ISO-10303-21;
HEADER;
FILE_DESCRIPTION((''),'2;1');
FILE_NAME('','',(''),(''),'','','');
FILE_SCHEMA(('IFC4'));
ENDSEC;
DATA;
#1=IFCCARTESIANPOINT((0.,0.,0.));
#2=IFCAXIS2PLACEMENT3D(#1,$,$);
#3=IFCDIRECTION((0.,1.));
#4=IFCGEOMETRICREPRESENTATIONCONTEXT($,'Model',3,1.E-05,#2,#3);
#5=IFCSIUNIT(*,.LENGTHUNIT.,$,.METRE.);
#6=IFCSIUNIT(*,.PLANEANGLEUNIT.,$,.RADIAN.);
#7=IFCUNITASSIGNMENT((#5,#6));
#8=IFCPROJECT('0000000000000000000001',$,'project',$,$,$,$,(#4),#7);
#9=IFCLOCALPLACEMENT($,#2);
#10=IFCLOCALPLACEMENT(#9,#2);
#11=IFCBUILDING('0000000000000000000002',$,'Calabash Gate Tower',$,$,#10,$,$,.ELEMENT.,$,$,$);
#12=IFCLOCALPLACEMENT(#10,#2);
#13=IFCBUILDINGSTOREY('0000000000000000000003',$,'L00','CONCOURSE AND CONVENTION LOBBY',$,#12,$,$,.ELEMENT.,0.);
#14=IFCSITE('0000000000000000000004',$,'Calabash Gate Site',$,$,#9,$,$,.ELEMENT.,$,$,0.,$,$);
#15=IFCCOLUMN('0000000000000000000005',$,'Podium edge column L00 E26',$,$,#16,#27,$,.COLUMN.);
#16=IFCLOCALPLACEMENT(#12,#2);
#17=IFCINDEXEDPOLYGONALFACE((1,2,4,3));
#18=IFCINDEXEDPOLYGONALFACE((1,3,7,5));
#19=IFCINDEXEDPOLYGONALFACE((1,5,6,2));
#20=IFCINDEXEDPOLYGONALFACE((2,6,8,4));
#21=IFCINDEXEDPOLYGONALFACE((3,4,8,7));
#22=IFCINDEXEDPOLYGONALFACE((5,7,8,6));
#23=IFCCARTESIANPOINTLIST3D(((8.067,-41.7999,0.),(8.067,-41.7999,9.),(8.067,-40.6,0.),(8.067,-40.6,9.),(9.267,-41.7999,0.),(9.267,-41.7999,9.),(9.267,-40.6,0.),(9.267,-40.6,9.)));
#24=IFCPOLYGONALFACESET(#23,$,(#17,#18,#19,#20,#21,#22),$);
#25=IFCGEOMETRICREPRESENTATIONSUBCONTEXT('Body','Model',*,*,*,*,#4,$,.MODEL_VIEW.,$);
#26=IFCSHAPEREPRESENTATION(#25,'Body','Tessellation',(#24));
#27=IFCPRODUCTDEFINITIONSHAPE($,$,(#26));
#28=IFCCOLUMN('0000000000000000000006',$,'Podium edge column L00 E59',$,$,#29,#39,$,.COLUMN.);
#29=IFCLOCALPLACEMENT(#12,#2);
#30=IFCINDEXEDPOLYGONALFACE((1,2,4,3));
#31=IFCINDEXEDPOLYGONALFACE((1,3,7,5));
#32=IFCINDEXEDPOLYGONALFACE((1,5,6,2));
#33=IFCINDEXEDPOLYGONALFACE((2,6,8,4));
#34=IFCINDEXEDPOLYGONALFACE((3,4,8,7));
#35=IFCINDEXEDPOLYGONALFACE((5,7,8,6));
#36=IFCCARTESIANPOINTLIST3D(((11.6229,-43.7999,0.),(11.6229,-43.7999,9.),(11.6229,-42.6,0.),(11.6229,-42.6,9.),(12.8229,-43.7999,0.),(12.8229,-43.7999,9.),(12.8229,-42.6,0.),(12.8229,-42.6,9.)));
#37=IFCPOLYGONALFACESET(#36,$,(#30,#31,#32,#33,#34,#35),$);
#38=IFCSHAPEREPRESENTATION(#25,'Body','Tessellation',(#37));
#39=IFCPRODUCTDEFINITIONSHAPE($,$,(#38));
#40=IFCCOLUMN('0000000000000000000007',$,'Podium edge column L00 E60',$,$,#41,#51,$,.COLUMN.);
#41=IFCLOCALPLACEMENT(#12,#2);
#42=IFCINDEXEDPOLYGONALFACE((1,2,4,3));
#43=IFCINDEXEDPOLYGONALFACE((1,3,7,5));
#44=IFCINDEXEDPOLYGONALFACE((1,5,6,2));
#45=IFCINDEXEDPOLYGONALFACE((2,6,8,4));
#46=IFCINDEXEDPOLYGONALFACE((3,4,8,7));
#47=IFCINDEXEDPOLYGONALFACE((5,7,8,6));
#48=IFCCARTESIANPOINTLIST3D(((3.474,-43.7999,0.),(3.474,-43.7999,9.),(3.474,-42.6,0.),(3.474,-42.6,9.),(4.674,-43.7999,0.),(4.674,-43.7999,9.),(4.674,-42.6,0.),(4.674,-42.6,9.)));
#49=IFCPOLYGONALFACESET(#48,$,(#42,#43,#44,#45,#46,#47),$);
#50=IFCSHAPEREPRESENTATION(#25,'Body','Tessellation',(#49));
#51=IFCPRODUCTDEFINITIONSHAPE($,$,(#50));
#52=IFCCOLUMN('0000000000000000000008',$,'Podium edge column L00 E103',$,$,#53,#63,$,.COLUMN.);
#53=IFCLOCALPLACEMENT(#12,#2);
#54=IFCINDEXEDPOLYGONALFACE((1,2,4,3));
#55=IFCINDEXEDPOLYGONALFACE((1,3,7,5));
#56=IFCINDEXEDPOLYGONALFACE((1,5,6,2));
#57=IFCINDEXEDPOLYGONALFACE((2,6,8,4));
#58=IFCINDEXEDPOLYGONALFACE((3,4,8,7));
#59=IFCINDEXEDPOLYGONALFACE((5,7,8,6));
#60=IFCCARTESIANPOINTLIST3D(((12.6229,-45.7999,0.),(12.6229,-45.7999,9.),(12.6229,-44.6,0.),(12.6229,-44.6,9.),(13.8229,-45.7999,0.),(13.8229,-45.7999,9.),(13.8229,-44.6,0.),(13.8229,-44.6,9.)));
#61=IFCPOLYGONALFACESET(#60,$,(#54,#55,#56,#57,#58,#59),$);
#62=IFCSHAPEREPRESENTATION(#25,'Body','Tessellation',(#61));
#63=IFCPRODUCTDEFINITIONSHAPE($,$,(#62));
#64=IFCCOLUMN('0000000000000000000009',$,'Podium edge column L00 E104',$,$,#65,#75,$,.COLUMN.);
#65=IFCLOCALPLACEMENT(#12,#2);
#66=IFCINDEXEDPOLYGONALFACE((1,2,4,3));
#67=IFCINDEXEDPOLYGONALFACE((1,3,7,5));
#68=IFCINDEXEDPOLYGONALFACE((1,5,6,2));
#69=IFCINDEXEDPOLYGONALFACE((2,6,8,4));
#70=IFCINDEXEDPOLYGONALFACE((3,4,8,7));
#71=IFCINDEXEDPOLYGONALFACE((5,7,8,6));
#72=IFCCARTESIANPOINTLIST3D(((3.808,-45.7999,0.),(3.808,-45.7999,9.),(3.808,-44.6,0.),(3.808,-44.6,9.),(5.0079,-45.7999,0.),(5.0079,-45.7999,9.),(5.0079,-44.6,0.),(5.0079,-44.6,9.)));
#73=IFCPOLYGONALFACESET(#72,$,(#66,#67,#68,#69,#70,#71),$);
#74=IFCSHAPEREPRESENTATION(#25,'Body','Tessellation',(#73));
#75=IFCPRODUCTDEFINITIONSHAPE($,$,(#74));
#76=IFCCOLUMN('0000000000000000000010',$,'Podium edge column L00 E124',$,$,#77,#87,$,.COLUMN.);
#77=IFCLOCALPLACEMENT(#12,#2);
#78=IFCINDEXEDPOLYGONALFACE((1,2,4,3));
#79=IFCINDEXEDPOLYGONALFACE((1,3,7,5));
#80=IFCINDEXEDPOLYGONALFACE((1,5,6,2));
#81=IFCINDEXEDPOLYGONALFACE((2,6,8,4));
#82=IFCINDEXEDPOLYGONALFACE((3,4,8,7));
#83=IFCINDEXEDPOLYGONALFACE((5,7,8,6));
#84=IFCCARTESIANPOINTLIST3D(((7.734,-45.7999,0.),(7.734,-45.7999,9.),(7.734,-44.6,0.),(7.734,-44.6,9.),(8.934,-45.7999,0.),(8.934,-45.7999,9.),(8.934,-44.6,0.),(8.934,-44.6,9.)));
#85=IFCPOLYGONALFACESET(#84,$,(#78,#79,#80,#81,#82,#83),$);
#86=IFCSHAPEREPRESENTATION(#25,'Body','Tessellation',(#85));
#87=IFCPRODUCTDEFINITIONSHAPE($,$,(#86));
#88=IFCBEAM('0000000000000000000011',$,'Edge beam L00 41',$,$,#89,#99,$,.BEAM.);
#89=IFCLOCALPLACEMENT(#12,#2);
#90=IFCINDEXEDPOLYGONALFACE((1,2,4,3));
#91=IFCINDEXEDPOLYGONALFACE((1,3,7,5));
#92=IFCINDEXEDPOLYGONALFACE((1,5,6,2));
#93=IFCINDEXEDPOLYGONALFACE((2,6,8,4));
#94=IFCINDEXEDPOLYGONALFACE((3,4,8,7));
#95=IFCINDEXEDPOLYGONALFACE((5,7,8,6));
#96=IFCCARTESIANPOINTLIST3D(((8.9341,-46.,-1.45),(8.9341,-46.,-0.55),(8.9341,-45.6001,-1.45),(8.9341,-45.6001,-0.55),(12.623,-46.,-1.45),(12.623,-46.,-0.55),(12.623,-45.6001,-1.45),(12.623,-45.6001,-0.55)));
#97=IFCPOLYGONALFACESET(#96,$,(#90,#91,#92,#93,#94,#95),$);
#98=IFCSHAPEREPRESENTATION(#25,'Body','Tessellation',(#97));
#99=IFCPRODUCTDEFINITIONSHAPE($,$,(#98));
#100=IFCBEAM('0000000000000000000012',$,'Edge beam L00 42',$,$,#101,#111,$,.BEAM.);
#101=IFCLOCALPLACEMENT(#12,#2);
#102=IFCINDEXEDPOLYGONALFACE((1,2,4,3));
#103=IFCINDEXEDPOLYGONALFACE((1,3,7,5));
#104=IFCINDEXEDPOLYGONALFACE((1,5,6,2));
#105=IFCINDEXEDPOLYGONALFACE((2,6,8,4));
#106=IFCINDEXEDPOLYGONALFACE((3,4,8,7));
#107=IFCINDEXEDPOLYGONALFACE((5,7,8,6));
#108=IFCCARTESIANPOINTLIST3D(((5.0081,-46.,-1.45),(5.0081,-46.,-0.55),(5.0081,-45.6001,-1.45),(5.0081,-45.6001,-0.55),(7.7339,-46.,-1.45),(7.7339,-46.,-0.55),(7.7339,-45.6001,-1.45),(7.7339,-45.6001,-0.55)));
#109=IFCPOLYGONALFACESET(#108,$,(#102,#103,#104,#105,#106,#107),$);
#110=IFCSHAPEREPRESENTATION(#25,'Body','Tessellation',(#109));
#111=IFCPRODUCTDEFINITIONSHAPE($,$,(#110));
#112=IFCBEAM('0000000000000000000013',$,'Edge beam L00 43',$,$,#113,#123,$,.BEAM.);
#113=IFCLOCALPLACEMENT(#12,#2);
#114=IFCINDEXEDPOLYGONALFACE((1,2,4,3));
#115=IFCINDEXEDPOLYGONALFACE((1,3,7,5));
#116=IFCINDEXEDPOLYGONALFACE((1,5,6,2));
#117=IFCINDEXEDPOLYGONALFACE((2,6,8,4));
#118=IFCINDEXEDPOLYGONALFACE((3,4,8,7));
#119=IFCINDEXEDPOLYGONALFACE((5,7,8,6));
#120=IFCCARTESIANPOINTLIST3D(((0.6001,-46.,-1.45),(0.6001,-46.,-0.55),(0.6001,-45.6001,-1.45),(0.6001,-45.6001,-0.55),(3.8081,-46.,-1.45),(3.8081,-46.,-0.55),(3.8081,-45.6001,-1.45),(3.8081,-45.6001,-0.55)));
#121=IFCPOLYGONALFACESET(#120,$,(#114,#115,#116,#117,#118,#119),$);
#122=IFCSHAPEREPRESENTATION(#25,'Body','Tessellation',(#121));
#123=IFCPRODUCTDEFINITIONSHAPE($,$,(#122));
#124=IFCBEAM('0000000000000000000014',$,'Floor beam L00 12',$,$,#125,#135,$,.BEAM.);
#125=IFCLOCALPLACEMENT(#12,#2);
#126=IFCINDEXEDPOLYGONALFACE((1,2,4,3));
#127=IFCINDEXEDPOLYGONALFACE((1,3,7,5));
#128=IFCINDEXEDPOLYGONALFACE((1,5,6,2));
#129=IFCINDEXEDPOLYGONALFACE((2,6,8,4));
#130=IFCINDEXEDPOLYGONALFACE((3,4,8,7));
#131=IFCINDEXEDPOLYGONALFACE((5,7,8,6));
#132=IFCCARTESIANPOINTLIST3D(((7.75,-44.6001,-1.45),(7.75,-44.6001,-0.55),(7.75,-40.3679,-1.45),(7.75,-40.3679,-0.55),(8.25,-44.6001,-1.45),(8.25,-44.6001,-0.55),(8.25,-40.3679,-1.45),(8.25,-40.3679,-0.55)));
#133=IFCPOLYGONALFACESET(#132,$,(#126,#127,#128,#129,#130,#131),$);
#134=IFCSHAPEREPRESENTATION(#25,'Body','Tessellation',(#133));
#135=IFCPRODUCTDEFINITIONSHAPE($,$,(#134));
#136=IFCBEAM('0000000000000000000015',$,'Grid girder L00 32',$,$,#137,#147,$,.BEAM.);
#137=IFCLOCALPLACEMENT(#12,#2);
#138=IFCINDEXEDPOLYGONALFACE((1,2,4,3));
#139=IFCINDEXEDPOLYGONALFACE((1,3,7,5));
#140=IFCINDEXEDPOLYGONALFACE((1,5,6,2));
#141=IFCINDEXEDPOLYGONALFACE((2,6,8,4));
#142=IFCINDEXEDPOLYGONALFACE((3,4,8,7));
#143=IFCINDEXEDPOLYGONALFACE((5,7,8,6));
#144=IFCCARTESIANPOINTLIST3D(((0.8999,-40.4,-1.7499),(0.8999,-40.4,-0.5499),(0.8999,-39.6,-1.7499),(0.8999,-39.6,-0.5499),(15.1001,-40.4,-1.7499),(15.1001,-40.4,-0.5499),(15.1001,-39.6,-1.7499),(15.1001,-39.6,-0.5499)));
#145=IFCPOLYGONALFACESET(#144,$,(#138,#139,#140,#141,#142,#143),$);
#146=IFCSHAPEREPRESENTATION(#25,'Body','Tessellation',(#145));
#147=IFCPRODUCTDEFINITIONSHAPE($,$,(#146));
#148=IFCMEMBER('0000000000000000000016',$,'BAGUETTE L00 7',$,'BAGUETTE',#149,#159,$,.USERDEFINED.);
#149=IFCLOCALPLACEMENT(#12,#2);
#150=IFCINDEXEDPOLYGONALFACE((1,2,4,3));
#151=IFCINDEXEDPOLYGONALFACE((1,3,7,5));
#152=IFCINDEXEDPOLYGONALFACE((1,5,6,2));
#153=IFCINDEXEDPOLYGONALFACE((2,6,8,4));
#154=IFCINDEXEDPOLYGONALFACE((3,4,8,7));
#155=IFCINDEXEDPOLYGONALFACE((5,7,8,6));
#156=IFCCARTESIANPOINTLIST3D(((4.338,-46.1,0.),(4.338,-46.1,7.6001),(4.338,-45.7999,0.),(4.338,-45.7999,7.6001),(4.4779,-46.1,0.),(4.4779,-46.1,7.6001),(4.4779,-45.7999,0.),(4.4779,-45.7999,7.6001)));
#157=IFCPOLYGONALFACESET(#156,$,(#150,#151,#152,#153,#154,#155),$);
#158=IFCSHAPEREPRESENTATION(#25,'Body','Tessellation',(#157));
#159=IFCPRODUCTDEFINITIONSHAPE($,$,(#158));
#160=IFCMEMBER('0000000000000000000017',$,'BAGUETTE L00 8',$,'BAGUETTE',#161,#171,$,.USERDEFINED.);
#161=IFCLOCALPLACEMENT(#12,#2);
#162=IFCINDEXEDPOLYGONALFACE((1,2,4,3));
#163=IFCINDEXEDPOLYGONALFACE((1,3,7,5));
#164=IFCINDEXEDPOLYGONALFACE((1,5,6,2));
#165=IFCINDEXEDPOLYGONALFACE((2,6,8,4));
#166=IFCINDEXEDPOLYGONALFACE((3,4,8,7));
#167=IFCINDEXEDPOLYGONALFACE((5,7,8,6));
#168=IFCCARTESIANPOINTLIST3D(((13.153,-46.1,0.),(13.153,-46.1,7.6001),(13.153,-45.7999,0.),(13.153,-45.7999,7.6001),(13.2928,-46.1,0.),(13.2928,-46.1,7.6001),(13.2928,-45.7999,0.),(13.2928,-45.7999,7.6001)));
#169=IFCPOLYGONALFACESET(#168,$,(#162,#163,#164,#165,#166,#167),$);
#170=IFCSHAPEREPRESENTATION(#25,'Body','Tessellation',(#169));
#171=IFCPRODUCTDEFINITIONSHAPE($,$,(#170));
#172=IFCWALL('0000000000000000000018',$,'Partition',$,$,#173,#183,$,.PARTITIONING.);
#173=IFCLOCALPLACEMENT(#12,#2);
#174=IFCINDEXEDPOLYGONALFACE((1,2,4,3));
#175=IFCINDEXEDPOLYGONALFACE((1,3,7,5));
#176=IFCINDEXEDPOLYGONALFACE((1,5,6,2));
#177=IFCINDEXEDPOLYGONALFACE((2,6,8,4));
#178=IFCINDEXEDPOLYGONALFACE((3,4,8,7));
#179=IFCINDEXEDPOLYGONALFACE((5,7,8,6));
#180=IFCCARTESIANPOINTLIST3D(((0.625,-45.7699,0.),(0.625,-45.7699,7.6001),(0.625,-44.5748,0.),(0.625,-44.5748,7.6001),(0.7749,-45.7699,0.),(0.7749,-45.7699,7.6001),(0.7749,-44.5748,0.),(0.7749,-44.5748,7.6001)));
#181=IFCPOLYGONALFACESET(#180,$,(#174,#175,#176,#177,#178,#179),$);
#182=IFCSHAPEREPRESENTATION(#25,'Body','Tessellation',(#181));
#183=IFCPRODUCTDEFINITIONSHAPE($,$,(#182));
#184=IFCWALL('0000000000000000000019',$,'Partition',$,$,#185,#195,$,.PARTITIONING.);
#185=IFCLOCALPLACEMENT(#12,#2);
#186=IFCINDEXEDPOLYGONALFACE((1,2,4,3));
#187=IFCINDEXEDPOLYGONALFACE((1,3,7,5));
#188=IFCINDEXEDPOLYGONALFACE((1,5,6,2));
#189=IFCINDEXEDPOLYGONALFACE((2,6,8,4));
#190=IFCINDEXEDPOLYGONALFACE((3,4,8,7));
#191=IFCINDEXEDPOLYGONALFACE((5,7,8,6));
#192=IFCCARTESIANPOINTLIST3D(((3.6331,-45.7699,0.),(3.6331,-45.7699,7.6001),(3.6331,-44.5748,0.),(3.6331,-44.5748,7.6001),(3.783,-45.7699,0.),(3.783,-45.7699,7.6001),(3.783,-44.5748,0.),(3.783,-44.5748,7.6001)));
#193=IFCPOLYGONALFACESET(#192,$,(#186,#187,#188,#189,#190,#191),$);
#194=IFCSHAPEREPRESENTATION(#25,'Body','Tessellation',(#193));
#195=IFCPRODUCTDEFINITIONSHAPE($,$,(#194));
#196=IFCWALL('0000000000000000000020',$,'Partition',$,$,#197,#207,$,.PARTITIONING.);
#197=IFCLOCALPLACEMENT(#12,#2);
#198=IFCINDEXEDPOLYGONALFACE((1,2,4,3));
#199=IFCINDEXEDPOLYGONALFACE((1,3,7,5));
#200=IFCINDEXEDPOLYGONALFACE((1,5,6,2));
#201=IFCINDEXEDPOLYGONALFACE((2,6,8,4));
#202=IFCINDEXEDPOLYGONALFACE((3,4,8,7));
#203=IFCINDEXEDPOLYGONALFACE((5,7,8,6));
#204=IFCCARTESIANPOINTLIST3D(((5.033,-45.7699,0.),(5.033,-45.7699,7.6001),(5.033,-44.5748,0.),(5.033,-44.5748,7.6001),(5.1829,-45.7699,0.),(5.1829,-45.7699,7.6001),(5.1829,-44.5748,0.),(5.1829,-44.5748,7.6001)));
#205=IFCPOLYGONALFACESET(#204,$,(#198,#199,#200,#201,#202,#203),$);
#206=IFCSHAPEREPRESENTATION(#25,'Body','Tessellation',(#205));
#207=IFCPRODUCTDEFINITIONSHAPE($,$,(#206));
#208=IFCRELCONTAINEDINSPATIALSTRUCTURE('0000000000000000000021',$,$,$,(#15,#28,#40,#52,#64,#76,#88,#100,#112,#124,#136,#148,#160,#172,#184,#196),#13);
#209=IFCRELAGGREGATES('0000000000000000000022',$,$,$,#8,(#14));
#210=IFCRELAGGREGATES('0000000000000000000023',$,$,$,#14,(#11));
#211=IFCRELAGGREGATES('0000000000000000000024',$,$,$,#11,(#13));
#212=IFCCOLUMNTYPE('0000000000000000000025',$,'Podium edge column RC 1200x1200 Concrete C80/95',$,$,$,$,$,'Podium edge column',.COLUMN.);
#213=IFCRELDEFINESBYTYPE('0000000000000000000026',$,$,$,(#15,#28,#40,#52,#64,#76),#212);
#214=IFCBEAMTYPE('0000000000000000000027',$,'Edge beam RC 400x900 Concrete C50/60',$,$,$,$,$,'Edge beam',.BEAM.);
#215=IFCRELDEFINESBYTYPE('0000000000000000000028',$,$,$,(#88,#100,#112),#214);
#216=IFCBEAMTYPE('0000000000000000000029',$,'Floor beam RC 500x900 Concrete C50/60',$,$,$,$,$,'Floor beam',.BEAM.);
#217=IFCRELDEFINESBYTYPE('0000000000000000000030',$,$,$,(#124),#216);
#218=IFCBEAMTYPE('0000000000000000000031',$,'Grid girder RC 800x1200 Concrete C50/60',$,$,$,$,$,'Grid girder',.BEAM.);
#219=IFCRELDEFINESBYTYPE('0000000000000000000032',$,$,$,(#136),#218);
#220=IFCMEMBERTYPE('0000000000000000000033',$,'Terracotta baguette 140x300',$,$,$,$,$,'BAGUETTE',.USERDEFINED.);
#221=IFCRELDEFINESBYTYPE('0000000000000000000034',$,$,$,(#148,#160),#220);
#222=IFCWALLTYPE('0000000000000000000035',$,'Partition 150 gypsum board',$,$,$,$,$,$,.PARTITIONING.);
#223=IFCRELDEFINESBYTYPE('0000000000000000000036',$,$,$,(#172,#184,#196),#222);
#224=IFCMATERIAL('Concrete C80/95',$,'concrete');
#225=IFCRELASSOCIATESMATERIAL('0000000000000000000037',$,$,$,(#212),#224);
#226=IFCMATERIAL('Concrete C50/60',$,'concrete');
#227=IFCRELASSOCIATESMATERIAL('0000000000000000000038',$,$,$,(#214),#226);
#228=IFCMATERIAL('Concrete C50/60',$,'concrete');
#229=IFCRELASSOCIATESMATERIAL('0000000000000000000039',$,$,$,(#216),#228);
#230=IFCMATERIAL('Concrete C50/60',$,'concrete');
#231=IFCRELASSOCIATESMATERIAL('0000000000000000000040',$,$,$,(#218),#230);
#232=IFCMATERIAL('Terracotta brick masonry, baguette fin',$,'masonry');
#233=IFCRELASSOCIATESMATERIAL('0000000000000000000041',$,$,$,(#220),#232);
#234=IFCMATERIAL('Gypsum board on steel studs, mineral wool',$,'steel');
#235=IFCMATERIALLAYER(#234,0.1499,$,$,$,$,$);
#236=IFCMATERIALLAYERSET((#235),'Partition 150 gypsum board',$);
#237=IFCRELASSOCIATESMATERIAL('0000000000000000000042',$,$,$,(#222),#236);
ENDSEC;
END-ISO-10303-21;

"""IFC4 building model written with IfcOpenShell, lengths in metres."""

from ifc_helpers import new_model, si_unit, direction, frame, frame_2d, origin, origin_2d, place, context, subcontext, project, spatial, rectangle, extrude, material, layer, layer_set, material_profile, profile_set, type_object, element, save


model = new_model("IFC4")

# Units and contexts
model_context = context("Model", 3, precision=1e-05, world=origin(), true_north=direction((0.0, 1.0)))
body_context = subcontext(model_context, "Body", "Model", "MODEL_VIEW")
ifc_project = project(units=[si_unit("LENGTHUNIT", "METRE"), si_unit("PLANEANGLEUNIT", "RADIAN")], contexts=[model_context])

# Site, building, storey
site_placement = place(None, origin())
site = spatial("IfcSite", under=ifc_project, at=site_placement, Name="Calabash Gate Site", CompositionType="ELEMENT", RefElevation=0.0)
building_placement = place(site_placement, origin())
building = spatial("IfcBuilding", under=site, at=building_placement, Name="Calabash Gate Tower", CompositionType="ELEMENT")
storey_placement = place(building_placement, origin())
storey = spatial("IfcBuildingStorey", under=building, at=storey_placement, Name="L00", Description="CONCOURSE AND CONVENTION LOBBY", CompositionType="ELEMENT", Elevation=0.0)

# Columns
ifc_material_1 = material(Name="Concrete C80/95", Category="concrete")
ifc_material_profile_1 = material_profile(ifc_material_1, rectangle(XDim=1.2, YDim=1.2, at=origin_2d()))
ifc_profile_set_1 = profile_set([ifc_material_profile_1], Name="Concrete C80/95")
column_type = type_object("IfcColumnType", Name="Podium edge column RC 1200x1200 Concrete C80/95", ElementType="Podium edge column", PredefinedType="COLUMN", material=ifc_profile_set_1)
for number, where, z_axis, x_axis, name in (
    (1, (8.667, -41.2, 0.0), (0.0, 0.0, 1.0), (1.0, 0.0, 0.0), "Podium edge column L00 E26"),
    (2, (12.2229, -43.2, 0.0), (0.0, 0.0, 1.0), (1.0, 0.0, 0.0), "Podium edge column L00 E59"),
    (3, (4.074, -43.2, 0.0), (0.0, 0.0, 1.0), (1.0, 0.0, 0.0), "Podium edge column L00 E60"),
    (4, (13.2229, -45.2, 0.0), (0.0, 0.0, 1.0), (1.0, 0.0, 0.0), "Podium edge column L00 E103"),
    (5, (4.408, -45.2, 0.0), (0.0, 0.0, 1.0), (1.0, 0.0, 0.0), "Podium edge column L00 E104"),
    (6, (8.334, -45.2, 0.0), (0.0, 0.0, 1.0), (1.0, 0.0, 0.0), "Podium edge column L00 E124"),
):
    element("IfcColumn", number, at=place(storey_placement, frame(where, z_axis=z_axis, x_axis=x_axis)), inside=storey, type_object=column_type, Name=name, PredefinedType="COLUMN", context=body_context, shape_type="SweptSolid", body=[
        extrude(rectangle(XDim=1.2, YDim=1.2, at=origin_2d()), origin(), (0.0, 0.0, 1.0), 9.0),
    ])

# Beams
ifc_material_2 = material(Name="Concrete C50/60", Category="concrete")
ifc_material_profile_2 = material_profile(ifc_material_2, rectangle(XDim=0.3999, YDim=0.8999, at=origin_2d()))
ifc_profile_set_2 = profile_set([ifc_material_profile_2], Name="Concrete C50/60")
beam_type_1 = type_object("IfcBeamType", Name="Edge beam RC 400x900 Concrete C50/60", ElementType="Edge beam", PredefinedType="BEAM", material=ifc_profile_set_2)
beam_1_placement = place(storey_placement, frame((12.623, -45.8, -1.0), z_axis=(-1.0, 0.0, 0.0), x_axis=(0.0, -1.0, 0.0)))
element("IfcBeam", 7, at=beam_1_placement, inside=storey, type_object=beam_type_1, Name="Edge beam L00 41", PredefinedType="BEAM", context=body_context, shape_type="SweptSolid", body=[
    extrude(rectangle(XDim=0.3999, YDim=0.8999, at=origin_2d()), origin(), (0.0, 0.0, 1.0), 3.689),
])
beam_2_placement = place(storey_placement, frame((7.7339, -45.8, -1.0), z_axis=(-1.0, 0.0, 0.0), x_axis=(0.0, -1.0, 0.0)))
element("IfcBeam", 8, at=beam_2_placement, inside=storey, type_object=beam_type_1, Name="Edge beam L00 42", PredefinedType="BEAM", context=body_context, shape_type="SweptSolid", body=[
    extrude(rectangle(XDim=0.3999, YDim=0.8999, at=origin_2d()), origin(), (0.0, 0.0, 1.0), 2.7258),
])
beam_3_placement = place(storey_placement, frame((3.8081, -45.8, -1.0), z_axis=(-1.0, 0.0, 0.0), x_axis=(0.0, -1.0, 0.0)))
element("IfcBeam", 9, at=beam_3_placement, inside=storey, type_object=beam_type_1, Name="Edge beam L00 43", PredefinedType="BEAM", context=body_context, shape_type="SweptSolid", body=[
    extrude(rectangle(XDim=0.3999, YDim=0.8999, at=origin_2d()), origin(), (0.0, 0.0, 1.0), 3.208),
])
ifc_material_3 = material(Name="Concrete C50/60", Category="concrete")
ifc_material_profile_3 = material_profile(ifc_material_3, rectangle(XDim=0.5, YDim=0.8999, at=origin_2d()))
ifc_profile_set_3 = profile_set([ifc_material_profile_3], Name="Concrete C50/60")
beam_type_2 = type_object("IfcBeamType", Name="Floor beam RC 500x900 Concrete C50/60", ElementType="Floor beam", PredefinedType="BEAM", material=ifc_profile_set_3)
beam_4_placement = place(storey_placement, frame((8.0, -44.6001, -1.0), z_axis=(0.0, 1.0, 0.0), x_axis=(-1.0, 0.0, 0.0)))
element("IfcBeam", 10, at=beam_4_placement, inside=storey, type_object=beam_type_2, Name="Floor beam L00 12", PredefinedType="BEAM", context=body_context, shape_type="SweptSolid", body=[
    extrude(rectangle(XDim=0.5, YDim=0.8999, at=origin_2d()), origin(), (0.0, 0.0, 1.0), 4.2322),
])
ifc_material_4 = material(Name="Concrete C50/60", Category="concrete")
ifc_material_profile_4 = material_profile(ifc_material_4, rectangle(XDim=0.8, YDim=1.2, at=origin_2d()))
ifc_profile_set_4 = profile_set([ifc_material_profile_4], Name="Concrete C50/60")
beam_type_3 = type_object("IfcBeamType", Name="Grid girder RC 800x1200 Concrete C50/60", ElementType="Grid girder", PredefinedType="BEAM", material=ifc_profile_set_4)
beam_5_placement = place(storey_placement, frame((0.8999, -40.0, -1.1499), z_axis=(1.0, 0.0, 0.0), x_axis=(0.0, 1.0, 0.0)))
element("IfcBeam", 11, at=beam_5_placement, inside=storey, type_object=beam_type_3, Name="Grid girder L00 32", PredefinedType="BEAM", context=body_context, shape_type="SweptSolid", body=[
    extrude(rectangle(XDim=0.8, YDim=1.2, at=origin_2d()), origin(), (0.0, 0.0, 1.0), 14.2002),
])

# Members
ifc_material_5 = material(Name="Terracotta brick masonry, baguette fin", Category="masonry")
ifc_material_profile_5 = material_profile(ifc_material_5, rectangle(XDim=0.1399, YDim=0.3, at=origin_2d()))
ifc_profile_set_5 = profile_set([ifc_material_profile_5], Name="Terracotta brick masonry, baguette fin")
member_type = type_object("IfcMemberType", Name="Terracotta baguette 140x300", ElementType="BAGUETTE", PredefinedType="USERDEFINED", material=ifc_profile_set_5)
for number, where, z_axis, x_axis, name in (
    (12, (4.408, -45.95, 0.0), (0.0, 0.0, 1.0), (1.0, 0.0, 0.0), "BAGUETTE L00 7"),
    (13, (13.2229, -45.95, 0.0), (0.0, 0.0, 1.0), (1.0, 0.0, 0.0), "BAGUETTE L00 8"),
):
    element("IfcMember", number, at=place(storey_placement, frame(where, z_axis=z_axis, x_axis=x_axis)), inside=storey, type_object=member_type, Name=name, ObjectType="BAGUETTE", PredefinedType="USERDEFINED", context=body_context, shape_type="SweptSolid", body=[
        extrude(rectangle(XDim=0.1399, YDim=0.3, at=origin_2d()), origin(), (0.0, 0.0, 1.0), 7.6001),
    ])

# Walls
ifc_material_6 = material(Name="Gypsum board on steel studs, mineral wool", Category="steel")
ifc_layer = layer(ifc_material_6, 0.1499)
ifc_layer_set = layer_set([ifc_layer], Name="Partition 150 gypsum board")
wall_type = type_object("IfcWallType", Name="Partition 150 gypsum board", PredefinedType="PARTITIONING", material=ifc_layer_set)
for number, where, z_axis, x_axis, name in (
    (14, (0.7, -45.77, 0.0), (0.0, 0.0, 1.0), (0.0, 1.0, 0.0), "Partition"),
    (15, (3.708, -45.77, 0.0), (0.0, 0.0, 1.0), (0.0, 1.0, 0.0), "Partition"),
    (16, (5.1079, -45.77, 0.0), (0.0, 0.0, 1.0), (0.0, 1.0, 0.0), "Partition"),
):
    element("IfcWall", number, at=place(storey_placement, frame(where, z_axis=z_axis, x_axis=x_axis)), inside=storey, type_object=wall_type, Name=name, PredefinedType="PARTITIONING", context=body_context, shape_type="SweptSolid", body=[
        extrude(rectangle(XDim=1.1951, YDim=0.1499, at=frame_2d((0.5977, 0.0))), origin(), (0.0, 0.0, 1.0), 7.6001),
    ])

save(model, "model.ifc")
